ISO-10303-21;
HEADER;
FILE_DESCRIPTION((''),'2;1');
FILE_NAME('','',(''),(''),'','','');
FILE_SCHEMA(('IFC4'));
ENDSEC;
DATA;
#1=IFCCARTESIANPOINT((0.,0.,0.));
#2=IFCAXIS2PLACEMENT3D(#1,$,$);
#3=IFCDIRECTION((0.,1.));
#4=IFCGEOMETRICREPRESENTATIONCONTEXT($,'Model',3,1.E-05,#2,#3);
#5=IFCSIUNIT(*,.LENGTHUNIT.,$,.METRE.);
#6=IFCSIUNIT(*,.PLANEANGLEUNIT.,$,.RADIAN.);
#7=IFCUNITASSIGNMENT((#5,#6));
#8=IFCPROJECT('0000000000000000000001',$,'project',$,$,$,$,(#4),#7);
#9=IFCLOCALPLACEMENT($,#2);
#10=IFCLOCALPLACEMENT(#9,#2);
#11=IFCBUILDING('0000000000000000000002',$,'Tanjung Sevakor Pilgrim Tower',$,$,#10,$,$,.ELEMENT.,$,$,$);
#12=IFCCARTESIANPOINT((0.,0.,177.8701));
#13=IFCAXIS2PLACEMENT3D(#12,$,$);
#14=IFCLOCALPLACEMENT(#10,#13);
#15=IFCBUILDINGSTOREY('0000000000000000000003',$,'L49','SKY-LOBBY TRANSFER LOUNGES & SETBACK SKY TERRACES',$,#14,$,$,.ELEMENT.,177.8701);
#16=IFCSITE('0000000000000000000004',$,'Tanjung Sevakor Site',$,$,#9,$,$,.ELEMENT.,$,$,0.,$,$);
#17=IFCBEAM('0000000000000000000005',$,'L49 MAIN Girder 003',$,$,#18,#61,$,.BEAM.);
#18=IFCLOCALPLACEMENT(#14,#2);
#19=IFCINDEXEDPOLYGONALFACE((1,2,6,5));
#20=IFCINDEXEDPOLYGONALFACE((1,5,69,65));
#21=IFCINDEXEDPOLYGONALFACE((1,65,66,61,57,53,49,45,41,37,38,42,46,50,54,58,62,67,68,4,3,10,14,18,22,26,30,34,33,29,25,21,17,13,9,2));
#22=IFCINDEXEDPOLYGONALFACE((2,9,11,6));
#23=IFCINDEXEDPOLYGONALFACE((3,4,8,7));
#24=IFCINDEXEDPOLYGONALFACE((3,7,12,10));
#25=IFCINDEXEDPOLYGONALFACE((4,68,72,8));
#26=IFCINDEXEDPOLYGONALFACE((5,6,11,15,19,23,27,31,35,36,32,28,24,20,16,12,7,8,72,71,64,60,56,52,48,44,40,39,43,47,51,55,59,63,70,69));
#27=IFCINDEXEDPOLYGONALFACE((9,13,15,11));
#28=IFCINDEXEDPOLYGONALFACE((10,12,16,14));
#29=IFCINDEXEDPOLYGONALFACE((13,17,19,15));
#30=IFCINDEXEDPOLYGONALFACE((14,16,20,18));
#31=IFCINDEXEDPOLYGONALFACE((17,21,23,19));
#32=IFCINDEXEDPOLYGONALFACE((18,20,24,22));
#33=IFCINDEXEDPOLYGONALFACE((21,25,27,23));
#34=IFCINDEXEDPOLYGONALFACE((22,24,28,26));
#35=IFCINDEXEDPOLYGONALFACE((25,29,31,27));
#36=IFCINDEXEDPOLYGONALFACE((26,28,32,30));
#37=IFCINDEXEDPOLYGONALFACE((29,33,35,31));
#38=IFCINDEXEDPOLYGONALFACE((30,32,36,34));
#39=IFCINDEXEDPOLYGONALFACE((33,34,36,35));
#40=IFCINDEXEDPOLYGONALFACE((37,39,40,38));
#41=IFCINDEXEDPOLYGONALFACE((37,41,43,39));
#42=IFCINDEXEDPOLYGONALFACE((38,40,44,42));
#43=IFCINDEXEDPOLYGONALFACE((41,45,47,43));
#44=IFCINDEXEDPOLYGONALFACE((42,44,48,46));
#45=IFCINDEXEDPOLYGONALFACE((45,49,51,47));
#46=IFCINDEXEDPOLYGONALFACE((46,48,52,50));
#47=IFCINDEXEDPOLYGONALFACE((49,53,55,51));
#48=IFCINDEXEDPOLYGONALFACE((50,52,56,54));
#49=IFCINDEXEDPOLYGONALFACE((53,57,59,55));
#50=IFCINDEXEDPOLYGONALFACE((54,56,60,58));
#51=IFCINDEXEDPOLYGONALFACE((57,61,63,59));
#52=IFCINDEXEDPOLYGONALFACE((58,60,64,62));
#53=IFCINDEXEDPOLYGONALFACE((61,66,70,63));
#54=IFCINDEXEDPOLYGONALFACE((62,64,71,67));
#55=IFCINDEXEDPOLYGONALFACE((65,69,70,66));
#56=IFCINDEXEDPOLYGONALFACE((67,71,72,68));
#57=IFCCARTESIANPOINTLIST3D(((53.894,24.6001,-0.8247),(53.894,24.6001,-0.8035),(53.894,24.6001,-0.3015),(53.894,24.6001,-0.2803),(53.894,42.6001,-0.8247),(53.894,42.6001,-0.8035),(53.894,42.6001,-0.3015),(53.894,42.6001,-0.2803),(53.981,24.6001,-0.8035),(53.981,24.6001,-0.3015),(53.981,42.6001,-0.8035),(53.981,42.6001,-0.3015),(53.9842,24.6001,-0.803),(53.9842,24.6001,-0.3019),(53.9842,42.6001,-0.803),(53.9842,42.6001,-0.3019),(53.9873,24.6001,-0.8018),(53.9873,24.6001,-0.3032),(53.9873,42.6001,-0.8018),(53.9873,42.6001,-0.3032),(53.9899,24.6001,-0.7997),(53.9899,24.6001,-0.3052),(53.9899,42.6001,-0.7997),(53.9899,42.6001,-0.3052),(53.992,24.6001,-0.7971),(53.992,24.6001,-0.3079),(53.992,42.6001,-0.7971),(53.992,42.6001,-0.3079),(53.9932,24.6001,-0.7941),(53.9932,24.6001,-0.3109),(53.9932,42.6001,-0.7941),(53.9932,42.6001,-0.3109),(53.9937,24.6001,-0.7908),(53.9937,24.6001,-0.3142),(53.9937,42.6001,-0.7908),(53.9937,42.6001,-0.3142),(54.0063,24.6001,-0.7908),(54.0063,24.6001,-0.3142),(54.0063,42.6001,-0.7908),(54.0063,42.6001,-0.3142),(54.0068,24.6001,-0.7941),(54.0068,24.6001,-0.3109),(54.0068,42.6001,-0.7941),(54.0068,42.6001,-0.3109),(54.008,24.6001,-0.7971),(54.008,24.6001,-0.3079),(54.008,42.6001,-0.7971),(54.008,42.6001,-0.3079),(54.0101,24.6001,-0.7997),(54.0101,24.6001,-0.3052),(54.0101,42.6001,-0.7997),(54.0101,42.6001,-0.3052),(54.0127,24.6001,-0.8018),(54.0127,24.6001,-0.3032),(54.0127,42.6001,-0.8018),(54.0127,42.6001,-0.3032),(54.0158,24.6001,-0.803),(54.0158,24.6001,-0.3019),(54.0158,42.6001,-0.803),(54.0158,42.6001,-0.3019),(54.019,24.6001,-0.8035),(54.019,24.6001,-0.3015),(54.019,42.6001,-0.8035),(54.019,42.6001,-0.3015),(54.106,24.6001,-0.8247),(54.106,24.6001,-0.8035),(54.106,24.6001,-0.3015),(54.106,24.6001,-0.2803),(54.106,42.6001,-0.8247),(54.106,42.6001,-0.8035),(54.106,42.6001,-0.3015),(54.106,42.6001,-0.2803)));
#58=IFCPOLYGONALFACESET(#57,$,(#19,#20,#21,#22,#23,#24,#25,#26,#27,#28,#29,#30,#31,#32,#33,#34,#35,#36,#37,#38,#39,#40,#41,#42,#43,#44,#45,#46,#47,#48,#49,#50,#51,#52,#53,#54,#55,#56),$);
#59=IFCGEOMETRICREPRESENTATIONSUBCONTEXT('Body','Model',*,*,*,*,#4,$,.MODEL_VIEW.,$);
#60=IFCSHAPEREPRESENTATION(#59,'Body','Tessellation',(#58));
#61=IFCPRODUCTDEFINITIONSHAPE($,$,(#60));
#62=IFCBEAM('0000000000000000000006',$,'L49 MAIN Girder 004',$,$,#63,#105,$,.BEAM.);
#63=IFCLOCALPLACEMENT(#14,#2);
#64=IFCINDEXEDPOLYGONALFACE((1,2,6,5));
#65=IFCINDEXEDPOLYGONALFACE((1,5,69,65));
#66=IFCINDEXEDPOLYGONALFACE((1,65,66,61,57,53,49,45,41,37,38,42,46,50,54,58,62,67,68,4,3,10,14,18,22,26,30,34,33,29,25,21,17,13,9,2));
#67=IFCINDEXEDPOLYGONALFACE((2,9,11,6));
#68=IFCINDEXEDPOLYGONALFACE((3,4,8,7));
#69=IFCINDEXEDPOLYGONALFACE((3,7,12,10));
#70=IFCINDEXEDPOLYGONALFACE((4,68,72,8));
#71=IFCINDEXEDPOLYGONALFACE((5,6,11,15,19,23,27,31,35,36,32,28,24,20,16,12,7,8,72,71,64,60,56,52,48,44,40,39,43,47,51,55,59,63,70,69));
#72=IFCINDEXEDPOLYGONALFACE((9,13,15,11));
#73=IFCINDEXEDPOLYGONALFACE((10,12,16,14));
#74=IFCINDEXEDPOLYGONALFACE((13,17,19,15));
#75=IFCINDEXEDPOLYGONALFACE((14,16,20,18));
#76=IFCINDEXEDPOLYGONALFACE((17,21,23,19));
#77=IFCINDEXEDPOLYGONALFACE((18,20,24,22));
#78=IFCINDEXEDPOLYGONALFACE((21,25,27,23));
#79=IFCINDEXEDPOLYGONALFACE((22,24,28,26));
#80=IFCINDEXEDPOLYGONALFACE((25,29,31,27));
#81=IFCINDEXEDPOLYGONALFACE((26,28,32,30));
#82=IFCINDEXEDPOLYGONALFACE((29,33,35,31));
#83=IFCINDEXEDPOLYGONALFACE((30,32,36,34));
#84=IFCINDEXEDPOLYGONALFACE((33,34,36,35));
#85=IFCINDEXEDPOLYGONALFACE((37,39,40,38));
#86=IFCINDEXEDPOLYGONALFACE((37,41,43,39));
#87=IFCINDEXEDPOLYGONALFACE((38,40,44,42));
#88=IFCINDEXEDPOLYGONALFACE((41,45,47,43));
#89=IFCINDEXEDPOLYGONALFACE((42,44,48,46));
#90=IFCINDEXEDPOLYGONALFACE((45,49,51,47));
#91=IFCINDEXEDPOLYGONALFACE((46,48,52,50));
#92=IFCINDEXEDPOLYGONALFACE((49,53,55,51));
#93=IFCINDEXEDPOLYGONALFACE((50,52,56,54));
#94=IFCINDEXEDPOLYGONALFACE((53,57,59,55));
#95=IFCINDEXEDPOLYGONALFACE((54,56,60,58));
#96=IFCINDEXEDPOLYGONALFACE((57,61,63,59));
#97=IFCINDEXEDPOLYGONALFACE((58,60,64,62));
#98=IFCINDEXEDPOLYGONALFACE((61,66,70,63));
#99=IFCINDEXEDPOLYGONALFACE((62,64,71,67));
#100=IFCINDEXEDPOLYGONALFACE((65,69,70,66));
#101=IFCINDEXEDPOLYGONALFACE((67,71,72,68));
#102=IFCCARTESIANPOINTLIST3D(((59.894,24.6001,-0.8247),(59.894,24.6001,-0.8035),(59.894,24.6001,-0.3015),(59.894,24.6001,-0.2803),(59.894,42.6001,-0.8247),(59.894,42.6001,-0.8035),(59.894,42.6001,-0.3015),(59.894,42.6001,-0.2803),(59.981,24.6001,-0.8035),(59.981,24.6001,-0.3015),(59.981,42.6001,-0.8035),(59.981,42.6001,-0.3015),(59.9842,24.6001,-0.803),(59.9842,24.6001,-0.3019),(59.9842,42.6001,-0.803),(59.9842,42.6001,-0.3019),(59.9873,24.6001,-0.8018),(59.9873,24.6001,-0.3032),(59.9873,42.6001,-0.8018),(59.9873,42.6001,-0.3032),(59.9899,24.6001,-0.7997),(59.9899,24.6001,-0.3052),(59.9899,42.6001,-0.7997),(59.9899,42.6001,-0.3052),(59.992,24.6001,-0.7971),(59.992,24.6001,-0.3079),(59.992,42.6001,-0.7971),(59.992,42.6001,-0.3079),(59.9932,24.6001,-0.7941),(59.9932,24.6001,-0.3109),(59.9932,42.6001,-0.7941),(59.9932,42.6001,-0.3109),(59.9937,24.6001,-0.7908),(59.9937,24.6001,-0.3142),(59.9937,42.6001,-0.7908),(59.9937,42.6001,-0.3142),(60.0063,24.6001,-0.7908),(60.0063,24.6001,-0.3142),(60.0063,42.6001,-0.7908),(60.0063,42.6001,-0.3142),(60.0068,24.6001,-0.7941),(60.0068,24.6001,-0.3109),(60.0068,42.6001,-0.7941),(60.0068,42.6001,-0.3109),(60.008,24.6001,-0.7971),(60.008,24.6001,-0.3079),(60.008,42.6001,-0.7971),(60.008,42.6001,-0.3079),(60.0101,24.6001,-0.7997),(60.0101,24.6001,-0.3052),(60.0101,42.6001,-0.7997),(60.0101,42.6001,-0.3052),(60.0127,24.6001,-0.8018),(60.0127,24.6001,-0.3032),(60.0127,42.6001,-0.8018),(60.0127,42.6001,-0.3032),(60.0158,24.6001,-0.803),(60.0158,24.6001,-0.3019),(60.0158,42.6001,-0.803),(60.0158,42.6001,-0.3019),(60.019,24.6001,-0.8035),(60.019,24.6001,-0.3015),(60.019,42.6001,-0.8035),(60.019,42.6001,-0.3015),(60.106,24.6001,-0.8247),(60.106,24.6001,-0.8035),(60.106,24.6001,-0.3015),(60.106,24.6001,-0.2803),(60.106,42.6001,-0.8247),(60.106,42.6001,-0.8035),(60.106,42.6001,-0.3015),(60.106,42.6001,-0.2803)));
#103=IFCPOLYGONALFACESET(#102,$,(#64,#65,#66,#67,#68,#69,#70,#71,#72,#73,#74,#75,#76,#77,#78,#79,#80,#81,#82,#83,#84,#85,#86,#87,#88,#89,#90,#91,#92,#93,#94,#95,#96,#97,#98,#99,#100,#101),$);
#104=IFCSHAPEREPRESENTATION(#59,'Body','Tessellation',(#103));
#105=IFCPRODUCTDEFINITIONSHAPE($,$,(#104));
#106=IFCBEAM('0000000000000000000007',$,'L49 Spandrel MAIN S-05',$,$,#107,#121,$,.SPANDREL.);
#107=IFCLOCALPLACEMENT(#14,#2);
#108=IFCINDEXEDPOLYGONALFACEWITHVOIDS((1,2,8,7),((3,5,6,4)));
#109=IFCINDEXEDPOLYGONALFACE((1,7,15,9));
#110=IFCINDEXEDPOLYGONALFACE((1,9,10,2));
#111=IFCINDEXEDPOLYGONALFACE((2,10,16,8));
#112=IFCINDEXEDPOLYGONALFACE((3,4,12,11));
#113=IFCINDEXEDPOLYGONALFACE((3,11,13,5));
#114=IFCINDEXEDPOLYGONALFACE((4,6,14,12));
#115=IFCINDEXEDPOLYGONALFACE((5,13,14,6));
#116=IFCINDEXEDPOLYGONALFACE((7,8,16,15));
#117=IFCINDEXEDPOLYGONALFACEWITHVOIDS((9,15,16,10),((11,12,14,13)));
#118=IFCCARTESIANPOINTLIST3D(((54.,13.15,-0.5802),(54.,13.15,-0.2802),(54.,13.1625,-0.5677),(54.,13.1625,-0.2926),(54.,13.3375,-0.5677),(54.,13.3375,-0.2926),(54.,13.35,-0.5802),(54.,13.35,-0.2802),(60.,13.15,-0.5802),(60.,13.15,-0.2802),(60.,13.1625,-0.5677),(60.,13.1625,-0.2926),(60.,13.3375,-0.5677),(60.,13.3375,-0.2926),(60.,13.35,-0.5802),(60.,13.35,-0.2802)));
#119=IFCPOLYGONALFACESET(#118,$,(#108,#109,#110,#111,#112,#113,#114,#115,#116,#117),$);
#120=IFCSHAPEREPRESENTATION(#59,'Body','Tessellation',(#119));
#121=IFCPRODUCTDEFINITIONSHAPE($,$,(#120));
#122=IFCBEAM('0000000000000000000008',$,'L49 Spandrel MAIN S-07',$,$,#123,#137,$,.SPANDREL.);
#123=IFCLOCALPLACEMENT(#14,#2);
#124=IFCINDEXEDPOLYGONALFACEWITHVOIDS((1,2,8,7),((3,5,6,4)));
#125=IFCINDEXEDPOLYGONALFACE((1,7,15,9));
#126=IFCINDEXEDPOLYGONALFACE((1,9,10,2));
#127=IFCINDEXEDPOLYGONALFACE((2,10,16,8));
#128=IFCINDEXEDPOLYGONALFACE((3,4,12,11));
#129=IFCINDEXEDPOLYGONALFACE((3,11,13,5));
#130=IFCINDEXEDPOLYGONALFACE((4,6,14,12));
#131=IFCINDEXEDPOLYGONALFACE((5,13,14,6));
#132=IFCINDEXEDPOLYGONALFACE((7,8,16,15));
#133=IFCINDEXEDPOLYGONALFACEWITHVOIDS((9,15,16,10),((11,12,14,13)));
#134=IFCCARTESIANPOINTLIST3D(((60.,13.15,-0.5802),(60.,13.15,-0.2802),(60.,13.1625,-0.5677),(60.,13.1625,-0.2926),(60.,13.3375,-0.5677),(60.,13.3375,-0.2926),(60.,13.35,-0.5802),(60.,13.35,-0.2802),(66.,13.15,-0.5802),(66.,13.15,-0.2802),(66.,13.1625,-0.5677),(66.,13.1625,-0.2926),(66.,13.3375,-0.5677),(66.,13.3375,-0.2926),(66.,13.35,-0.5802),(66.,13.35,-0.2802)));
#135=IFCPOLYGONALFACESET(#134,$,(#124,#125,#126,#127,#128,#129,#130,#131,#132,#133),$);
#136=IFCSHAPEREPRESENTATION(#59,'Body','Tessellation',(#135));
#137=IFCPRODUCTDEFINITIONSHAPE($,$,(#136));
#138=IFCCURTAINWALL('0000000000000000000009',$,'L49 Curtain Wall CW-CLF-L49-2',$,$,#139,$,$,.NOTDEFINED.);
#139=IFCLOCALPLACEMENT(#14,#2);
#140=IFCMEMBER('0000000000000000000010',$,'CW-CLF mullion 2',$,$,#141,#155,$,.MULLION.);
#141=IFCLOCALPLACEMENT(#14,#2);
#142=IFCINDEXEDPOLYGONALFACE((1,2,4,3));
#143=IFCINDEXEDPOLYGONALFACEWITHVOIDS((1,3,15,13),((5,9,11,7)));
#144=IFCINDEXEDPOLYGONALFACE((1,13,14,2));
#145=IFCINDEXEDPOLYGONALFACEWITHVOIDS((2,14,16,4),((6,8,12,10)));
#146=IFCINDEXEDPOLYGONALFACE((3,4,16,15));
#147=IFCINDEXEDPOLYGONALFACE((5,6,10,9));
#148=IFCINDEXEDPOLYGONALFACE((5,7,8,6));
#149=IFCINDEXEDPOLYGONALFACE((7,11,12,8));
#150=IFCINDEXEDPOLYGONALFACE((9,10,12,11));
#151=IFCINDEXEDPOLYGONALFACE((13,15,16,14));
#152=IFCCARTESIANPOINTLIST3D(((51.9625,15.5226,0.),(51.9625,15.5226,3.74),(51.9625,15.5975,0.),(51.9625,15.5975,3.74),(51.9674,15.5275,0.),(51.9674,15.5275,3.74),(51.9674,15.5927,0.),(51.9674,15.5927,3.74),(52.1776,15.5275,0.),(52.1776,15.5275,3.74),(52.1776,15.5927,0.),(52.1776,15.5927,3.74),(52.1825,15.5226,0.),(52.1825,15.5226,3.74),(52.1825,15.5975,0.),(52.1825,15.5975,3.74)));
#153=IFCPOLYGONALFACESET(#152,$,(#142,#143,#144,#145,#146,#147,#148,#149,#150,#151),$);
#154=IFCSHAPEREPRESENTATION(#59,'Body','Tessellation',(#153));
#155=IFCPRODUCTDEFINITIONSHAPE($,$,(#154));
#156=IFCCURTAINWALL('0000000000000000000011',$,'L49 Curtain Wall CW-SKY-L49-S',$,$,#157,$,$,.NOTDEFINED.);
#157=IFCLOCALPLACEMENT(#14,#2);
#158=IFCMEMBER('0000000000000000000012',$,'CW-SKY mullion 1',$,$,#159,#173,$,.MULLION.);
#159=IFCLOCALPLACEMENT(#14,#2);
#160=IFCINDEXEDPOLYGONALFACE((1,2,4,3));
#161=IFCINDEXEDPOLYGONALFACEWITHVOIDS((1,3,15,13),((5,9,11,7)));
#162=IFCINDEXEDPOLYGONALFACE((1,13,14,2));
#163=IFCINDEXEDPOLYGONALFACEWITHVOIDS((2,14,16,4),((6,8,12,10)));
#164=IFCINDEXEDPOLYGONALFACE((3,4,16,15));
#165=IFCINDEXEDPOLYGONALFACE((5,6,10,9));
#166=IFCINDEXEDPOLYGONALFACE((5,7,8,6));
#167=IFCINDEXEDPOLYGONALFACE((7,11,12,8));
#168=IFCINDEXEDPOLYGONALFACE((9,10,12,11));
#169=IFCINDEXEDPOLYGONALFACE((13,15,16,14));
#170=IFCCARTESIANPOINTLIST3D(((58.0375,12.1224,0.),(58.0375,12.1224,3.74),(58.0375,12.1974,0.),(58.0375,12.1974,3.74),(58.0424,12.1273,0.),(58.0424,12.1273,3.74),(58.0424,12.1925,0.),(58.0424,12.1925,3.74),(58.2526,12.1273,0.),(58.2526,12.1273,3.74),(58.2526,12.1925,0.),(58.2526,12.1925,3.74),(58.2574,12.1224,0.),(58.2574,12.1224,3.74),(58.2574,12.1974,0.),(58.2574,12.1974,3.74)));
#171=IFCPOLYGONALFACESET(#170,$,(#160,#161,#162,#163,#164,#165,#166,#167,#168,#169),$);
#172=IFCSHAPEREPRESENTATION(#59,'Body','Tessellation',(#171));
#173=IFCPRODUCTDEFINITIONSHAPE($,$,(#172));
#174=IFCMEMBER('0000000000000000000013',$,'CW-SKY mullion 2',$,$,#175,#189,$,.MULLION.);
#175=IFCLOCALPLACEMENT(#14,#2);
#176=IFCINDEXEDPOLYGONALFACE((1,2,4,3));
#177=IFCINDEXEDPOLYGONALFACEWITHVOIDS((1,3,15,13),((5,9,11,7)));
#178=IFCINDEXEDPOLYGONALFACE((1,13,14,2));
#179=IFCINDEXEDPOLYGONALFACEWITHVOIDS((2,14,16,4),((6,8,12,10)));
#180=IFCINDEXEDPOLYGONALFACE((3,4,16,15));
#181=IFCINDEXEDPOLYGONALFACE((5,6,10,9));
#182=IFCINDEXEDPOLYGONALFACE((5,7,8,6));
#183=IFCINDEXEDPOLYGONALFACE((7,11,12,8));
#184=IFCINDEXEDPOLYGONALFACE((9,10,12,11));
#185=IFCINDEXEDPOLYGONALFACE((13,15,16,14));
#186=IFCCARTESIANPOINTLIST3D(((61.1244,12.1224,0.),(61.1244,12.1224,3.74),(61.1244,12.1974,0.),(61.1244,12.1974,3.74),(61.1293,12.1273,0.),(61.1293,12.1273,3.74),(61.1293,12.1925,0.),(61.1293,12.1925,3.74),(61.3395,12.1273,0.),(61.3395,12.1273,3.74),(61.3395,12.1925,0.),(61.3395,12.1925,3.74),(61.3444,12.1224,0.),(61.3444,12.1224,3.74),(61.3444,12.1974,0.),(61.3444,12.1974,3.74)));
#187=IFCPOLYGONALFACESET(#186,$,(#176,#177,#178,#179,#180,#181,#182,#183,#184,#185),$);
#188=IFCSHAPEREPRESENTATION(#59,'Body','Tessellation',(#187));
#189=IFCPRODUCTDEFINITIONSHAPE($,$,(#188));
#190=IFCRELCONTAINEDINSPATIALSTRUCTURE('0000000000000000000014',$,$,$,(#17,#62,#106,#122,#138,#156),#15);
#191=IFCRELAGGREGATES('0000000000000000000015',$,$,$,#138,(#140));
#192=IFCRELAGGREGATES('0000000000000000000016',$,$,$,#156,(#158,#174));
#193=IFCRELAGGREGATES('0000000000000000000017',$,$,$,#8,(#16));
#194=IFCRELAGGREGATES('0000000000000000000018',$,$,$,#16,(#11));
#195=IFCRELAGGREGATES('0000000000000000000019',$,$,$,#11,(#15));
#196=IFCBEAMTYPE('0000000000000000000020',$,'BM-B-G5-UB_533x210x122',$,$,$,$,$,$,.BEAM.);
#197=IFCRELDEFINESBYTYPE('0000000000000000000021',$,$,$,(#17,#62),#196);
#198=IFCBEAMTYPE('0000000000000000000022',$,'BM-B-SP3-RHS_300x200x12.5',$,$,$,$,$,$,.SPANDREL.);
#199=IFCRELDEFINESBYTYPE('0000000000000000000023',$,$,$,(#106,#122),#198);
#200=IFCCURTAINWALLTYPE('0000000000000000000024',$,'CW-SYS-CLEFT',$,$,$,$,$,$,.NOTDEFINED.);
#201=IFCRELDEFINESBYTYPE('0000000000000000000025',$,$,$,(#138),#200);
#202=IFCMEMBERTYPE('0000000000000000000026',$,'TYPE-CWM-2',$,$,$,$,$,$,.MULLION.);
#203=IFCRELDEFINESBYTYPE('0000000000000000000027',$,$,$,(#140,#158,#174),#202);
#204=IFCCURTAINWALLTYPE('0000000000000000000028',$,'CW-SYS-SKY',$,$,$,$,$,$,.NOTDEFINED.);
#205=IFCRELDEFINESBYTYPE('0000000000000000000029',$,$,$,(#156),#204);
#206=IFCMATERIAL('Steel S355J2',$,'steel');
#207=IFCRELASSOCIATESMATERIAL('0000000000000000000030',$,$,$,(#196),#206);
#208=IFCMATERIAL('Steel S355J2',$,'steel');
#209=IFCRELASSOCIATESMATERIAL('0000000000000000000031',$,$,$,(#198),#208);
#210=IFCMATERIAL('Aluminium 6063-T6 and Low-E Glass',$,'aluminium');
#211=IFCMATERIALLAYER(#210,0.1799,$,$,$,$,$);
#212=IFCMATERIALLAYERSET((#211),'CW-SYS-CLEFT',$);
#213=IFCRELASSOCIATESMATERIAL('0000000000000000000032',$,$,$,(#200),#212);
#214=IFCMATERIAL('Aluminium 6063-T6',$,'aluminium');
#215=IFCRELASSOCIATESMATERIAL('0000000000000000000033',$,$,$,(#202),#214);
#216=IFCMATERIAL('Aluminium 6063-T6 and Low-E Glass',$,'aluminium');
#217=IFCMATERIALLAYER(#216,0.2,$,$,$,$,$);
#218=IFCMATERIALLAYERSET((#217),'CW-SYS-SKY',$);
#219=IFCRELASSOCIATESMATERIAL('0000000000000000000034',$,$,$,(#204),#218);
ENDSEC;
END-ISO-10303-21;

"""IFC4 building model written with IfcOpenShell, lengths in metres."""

from ifc_helpers import new_model, si_unit, direction, frame, origin, origin_2d, place, context, subcontext, project, spatial, hollow_rectangle, i_section, extrude, material, layer, layer_set, material_profile, profile_set, type_object, element, aggregate, save


model = new_model("IFC4")

# Units and contexts
model_context = context("Model", 3, precision=1e-05, world=origin(), true_north=direction((0.0, 1.0)))
body_context = subcontext(model_context, "Body", "Model", "MODEL_VIEW")
ifc_project = project(units=[si_unit("LENGTHUNIT", "METRE"), si_unit("PLANEANGLEUNIT", "RADIAN")], contexts=[model_context])

# Site, building, storey
site_placement = place(None, origin())
site = spatial("IfcSite", under=ifc_project, at=site_placement, Name="Tanjung Sevakor Site", CompositionType="ELEMENT", RefElevation=0.0)
building_placement = place(site_placement, origin())
building = spatial("IfcBuilding", under=site, at=building_placement, Name="Tanjung Sevakor Pilgrim Tower", CompositionType="ELEMENT")
storey_placement = place(building_placement, frame((0.0, 0.0, 177.8701)))
storey = spatial("IfcBuildingStorey", under=building, at=storey_placement, Name="L49", Description="SKY-LOBBY TRANSFER LOUNGES & SETBACK SKY TERRACES", CompositionType="ELEMENT", Elevation=177.8701)

# Beams
ifc_material_1 = material(Name="Steel S355J2", Category="steel")
ifc_material_profile_1 = material_profile(ifc_material_1, i_section(OverallWidth=0.2119, OverallDepth=0.5444, WebThickness=0.0127, FlangeThickness=0.0212, FilletRadius=0.0127, at=origin_2d()))
ifc_profile_set_1 = profile_set([ifc_material_profile_1], Name="Steel S355J2")
beam_type_1 = type_object("IfcBeamType", Name="BM-B-G5-UB_533x210x122", PredefinedType="BEAM", material=ifc_profile_set_1)
for number, where, z_axis, x_axis, name in (
    (1, (54.0, 24.6001, -0.5525), (0.0, 1.0, 0.0), (-1.0, 0.0, 0.0), "L49 MAIN Girder 003"),
    (2, (60.0, 24.6001, -0.5525), (0.0, 1.0, 0.0), (-1.0, 0.0, 0.0), "L49 MAIN Girder 004"),
):
    element("IfcBeam", number, at=place(storey_placement, frame(where, z_axis=z_axis, x_axis=x_axis)), inside=storey, type_object=beam_type_1, Name=name, PredefinedType="BEAM", context=body_context, shape_type="SweptSolid", body=[
        extrude(i_section(OverallWidth=0.2119, OverallDepth=0.5444, WebThickness=0.0127, FlangeThickness=0.0212, FilletRadius=0.0127, at=origin_2d()), origin(), (0.0, 0.0, 1.0), 18.0),
    ])
ifc_material_2 = material(Name="Steel S355J2", Category="steel")
ifc_material_profile_2 = material_profile(ifc_material_2, hollow_rectangle(XDim=0.2, YDim=0.3, WallThickness=0.0125, at=origin_2d()))
ifc_profile_set_2 = profile_set([ifc_material_profile_2], Name="Steel S355J2")
beam_type_2 = type_object("IfcBeamType", Name="BM-B-SP3-RHS_300x200x12.5", PredefinedType="SPANDREL", material=ifc_profile_set_2)
for number, where, z_axis, x_axis, name in (
    (3, (54.0, 13.25, -0.4302), (1.0, 0.0, 0.0), (0.0, 1.0, 0.0), "L49 Spandrel MAIN S-05"),
    (4, (60.0, 13.25, -0.4302), (1.0, 0.0, 0.0), (0.0, 1.0, 0.0), "L49 Spandrel MAIN S-07"),
):
    element("IfcBeam", number, at=place(storey_placement, frame(where, z_axis=z_axis, x_axis=x_axis)), inside=storey, type_object=beam_type_2, Name=name, PredefinedType="SPANDREL", context=body_context, shape_type="SweptSolid", body=[
        extrude(hollow_rectangle(XDim=0.2, YDim=0.3, WallThickness=0.0125, at=origin_2d()), origin(), (0.0, 0.0, 1.0), 6.0),
    ])

# Curtain wall, member
ifc_material_3 = material(Name="Aluminium 6063-T6 and Low-E Glass", Category="aluminium")
ifc_layer_1 = layer(ifc_material_3, 0.1799)
ifc_layer_set_1 = layer_set([ifc_layer_1], Name="CW-SYS-CLEFT")
curtain_wall_type_1 = type_object("IfcCurtainWallType", Name="CW-SYS-CLEFT", PredefinedType="NOTDEFINED", material=ifc_layer_set_1)
curtain_wall_1_placement = place(storey_placement, origin())
curtain_wall_1 = element("IfcCurtainWall", 5, at=curtain_wall_1_placement, inside=storey, type_object=curtain_wall_type_1, Name="L49 Curtain Wall CW-CLF-L49-2", PredefinedType="NOTDEFINED")
ifc_material_4 = material(Name="Aluminium 6063-T6", Category="aluminium")
ifc_material_profile_3 = material_profile(ifc_material_4, hollow_rectangle(XDim=0.075, YDim=0.22, WallThickness=0.0049, at=origin_2d()))
ifc_profile_set_3 = profile_set([ifc_material_profile_3], Name="Aluminium 6063-T6")
member_type_1 = type_object("IfcMemberType", Name="TYPE-CWM-2", PredefinedType="MULLION", material=ifc_profile_set_3)
member_1_placement = place(storey_placement, frame((52.0725, 15.5601, 0.0), z_axis=(0.0, 0.0, 1.0), x_axis=(0.0, 1.0, 0.0)))
member_1 = element("IfcMember", 6, at=member_1_placement, type_object=member_type_1, Name="CW-CLF mullion 2", PredefinedType="MULLION", context=body_context, shape_type="SweptSolid", body=[
    extrude(hollow_rectangle(XDim=0.075, YDim=0.22, WallThickness=0.0049, at=origin_2d()), origin(), (0.0, 0.0, 1.0), 3.74),
])
aggregate(curtain_wall_1, [member_1])

# Curtain wall, members
ifc_material_5 = material(Name="Aluminium 6063-T6 and Low-E Glass", Category="aluminium")
ifc_layer_2 = layer(ifc_material_5, 0.2)
ifc_layer_set_2 = layer_set([ifc_layer_2], Name="CW-SYS-SKY")
curtain_wall_type_2 = type_object("IfcCurtainWallType", Name="CW-SYS-SKY", PredefinedType="NOTDEFINED", material=ifc_layer_set_2)
curtain_wall_2_placement = place(storey_placement, origin())
curtain_wall_2 = element("IfcCurtainWall", 7, at=curtain_wall_2_placement, inside=storey, type_object=curtain_wall_type_2, Name="L49 Curtain Wall CW-SKY-L49-S", PredefinedType="NOTDEFINED")
member_2_placement = place(storey_placement, frame((58.1475, 12.1599, 0.0), z_axis=(0.0, 0.0, 1.0), x_axis=(0.0, 1.0, 0.0)))
member_2 = element("IfcMember", 8, at=member_2_placement, type_object=member_type_1, Name="CW-SKY mullion 1", PredefinedType="MULLION", context=body_context, shape_type="SweptSolid", body=[
    extrude(hollow_rectangle(XDim=0.075, YDim=0.22, WallThickness=0.0049, at=origin_2d()), origin(), (0.0, 0.0, 1.0), 3.74),
])
member_3_placement = place(storey_placement, frame((61.2344, 12.1599, 0.0), z_axis=(0.0, 0.0, 1.0), x_axis=(0.0, 1.0, 0.0)))
member_3 = element("IfcMember", 9, at=member_3_placement, type_object=member_type_1, Name="CW-SKY mullion 2", PredefinedType="MULLION", context=body_context, shape_type="SweptSolid", body=[
    extrude(hollow_rectangle(XDim=0.075, YDim=0.22, WallThickness=0.0049, at=origin_2d()), origin(), (0.0, 0.0, 1.0), 3.74),
])
aggregate(curtain_wall_2, [member_2, member_3])

save(model, "model.ifc")
